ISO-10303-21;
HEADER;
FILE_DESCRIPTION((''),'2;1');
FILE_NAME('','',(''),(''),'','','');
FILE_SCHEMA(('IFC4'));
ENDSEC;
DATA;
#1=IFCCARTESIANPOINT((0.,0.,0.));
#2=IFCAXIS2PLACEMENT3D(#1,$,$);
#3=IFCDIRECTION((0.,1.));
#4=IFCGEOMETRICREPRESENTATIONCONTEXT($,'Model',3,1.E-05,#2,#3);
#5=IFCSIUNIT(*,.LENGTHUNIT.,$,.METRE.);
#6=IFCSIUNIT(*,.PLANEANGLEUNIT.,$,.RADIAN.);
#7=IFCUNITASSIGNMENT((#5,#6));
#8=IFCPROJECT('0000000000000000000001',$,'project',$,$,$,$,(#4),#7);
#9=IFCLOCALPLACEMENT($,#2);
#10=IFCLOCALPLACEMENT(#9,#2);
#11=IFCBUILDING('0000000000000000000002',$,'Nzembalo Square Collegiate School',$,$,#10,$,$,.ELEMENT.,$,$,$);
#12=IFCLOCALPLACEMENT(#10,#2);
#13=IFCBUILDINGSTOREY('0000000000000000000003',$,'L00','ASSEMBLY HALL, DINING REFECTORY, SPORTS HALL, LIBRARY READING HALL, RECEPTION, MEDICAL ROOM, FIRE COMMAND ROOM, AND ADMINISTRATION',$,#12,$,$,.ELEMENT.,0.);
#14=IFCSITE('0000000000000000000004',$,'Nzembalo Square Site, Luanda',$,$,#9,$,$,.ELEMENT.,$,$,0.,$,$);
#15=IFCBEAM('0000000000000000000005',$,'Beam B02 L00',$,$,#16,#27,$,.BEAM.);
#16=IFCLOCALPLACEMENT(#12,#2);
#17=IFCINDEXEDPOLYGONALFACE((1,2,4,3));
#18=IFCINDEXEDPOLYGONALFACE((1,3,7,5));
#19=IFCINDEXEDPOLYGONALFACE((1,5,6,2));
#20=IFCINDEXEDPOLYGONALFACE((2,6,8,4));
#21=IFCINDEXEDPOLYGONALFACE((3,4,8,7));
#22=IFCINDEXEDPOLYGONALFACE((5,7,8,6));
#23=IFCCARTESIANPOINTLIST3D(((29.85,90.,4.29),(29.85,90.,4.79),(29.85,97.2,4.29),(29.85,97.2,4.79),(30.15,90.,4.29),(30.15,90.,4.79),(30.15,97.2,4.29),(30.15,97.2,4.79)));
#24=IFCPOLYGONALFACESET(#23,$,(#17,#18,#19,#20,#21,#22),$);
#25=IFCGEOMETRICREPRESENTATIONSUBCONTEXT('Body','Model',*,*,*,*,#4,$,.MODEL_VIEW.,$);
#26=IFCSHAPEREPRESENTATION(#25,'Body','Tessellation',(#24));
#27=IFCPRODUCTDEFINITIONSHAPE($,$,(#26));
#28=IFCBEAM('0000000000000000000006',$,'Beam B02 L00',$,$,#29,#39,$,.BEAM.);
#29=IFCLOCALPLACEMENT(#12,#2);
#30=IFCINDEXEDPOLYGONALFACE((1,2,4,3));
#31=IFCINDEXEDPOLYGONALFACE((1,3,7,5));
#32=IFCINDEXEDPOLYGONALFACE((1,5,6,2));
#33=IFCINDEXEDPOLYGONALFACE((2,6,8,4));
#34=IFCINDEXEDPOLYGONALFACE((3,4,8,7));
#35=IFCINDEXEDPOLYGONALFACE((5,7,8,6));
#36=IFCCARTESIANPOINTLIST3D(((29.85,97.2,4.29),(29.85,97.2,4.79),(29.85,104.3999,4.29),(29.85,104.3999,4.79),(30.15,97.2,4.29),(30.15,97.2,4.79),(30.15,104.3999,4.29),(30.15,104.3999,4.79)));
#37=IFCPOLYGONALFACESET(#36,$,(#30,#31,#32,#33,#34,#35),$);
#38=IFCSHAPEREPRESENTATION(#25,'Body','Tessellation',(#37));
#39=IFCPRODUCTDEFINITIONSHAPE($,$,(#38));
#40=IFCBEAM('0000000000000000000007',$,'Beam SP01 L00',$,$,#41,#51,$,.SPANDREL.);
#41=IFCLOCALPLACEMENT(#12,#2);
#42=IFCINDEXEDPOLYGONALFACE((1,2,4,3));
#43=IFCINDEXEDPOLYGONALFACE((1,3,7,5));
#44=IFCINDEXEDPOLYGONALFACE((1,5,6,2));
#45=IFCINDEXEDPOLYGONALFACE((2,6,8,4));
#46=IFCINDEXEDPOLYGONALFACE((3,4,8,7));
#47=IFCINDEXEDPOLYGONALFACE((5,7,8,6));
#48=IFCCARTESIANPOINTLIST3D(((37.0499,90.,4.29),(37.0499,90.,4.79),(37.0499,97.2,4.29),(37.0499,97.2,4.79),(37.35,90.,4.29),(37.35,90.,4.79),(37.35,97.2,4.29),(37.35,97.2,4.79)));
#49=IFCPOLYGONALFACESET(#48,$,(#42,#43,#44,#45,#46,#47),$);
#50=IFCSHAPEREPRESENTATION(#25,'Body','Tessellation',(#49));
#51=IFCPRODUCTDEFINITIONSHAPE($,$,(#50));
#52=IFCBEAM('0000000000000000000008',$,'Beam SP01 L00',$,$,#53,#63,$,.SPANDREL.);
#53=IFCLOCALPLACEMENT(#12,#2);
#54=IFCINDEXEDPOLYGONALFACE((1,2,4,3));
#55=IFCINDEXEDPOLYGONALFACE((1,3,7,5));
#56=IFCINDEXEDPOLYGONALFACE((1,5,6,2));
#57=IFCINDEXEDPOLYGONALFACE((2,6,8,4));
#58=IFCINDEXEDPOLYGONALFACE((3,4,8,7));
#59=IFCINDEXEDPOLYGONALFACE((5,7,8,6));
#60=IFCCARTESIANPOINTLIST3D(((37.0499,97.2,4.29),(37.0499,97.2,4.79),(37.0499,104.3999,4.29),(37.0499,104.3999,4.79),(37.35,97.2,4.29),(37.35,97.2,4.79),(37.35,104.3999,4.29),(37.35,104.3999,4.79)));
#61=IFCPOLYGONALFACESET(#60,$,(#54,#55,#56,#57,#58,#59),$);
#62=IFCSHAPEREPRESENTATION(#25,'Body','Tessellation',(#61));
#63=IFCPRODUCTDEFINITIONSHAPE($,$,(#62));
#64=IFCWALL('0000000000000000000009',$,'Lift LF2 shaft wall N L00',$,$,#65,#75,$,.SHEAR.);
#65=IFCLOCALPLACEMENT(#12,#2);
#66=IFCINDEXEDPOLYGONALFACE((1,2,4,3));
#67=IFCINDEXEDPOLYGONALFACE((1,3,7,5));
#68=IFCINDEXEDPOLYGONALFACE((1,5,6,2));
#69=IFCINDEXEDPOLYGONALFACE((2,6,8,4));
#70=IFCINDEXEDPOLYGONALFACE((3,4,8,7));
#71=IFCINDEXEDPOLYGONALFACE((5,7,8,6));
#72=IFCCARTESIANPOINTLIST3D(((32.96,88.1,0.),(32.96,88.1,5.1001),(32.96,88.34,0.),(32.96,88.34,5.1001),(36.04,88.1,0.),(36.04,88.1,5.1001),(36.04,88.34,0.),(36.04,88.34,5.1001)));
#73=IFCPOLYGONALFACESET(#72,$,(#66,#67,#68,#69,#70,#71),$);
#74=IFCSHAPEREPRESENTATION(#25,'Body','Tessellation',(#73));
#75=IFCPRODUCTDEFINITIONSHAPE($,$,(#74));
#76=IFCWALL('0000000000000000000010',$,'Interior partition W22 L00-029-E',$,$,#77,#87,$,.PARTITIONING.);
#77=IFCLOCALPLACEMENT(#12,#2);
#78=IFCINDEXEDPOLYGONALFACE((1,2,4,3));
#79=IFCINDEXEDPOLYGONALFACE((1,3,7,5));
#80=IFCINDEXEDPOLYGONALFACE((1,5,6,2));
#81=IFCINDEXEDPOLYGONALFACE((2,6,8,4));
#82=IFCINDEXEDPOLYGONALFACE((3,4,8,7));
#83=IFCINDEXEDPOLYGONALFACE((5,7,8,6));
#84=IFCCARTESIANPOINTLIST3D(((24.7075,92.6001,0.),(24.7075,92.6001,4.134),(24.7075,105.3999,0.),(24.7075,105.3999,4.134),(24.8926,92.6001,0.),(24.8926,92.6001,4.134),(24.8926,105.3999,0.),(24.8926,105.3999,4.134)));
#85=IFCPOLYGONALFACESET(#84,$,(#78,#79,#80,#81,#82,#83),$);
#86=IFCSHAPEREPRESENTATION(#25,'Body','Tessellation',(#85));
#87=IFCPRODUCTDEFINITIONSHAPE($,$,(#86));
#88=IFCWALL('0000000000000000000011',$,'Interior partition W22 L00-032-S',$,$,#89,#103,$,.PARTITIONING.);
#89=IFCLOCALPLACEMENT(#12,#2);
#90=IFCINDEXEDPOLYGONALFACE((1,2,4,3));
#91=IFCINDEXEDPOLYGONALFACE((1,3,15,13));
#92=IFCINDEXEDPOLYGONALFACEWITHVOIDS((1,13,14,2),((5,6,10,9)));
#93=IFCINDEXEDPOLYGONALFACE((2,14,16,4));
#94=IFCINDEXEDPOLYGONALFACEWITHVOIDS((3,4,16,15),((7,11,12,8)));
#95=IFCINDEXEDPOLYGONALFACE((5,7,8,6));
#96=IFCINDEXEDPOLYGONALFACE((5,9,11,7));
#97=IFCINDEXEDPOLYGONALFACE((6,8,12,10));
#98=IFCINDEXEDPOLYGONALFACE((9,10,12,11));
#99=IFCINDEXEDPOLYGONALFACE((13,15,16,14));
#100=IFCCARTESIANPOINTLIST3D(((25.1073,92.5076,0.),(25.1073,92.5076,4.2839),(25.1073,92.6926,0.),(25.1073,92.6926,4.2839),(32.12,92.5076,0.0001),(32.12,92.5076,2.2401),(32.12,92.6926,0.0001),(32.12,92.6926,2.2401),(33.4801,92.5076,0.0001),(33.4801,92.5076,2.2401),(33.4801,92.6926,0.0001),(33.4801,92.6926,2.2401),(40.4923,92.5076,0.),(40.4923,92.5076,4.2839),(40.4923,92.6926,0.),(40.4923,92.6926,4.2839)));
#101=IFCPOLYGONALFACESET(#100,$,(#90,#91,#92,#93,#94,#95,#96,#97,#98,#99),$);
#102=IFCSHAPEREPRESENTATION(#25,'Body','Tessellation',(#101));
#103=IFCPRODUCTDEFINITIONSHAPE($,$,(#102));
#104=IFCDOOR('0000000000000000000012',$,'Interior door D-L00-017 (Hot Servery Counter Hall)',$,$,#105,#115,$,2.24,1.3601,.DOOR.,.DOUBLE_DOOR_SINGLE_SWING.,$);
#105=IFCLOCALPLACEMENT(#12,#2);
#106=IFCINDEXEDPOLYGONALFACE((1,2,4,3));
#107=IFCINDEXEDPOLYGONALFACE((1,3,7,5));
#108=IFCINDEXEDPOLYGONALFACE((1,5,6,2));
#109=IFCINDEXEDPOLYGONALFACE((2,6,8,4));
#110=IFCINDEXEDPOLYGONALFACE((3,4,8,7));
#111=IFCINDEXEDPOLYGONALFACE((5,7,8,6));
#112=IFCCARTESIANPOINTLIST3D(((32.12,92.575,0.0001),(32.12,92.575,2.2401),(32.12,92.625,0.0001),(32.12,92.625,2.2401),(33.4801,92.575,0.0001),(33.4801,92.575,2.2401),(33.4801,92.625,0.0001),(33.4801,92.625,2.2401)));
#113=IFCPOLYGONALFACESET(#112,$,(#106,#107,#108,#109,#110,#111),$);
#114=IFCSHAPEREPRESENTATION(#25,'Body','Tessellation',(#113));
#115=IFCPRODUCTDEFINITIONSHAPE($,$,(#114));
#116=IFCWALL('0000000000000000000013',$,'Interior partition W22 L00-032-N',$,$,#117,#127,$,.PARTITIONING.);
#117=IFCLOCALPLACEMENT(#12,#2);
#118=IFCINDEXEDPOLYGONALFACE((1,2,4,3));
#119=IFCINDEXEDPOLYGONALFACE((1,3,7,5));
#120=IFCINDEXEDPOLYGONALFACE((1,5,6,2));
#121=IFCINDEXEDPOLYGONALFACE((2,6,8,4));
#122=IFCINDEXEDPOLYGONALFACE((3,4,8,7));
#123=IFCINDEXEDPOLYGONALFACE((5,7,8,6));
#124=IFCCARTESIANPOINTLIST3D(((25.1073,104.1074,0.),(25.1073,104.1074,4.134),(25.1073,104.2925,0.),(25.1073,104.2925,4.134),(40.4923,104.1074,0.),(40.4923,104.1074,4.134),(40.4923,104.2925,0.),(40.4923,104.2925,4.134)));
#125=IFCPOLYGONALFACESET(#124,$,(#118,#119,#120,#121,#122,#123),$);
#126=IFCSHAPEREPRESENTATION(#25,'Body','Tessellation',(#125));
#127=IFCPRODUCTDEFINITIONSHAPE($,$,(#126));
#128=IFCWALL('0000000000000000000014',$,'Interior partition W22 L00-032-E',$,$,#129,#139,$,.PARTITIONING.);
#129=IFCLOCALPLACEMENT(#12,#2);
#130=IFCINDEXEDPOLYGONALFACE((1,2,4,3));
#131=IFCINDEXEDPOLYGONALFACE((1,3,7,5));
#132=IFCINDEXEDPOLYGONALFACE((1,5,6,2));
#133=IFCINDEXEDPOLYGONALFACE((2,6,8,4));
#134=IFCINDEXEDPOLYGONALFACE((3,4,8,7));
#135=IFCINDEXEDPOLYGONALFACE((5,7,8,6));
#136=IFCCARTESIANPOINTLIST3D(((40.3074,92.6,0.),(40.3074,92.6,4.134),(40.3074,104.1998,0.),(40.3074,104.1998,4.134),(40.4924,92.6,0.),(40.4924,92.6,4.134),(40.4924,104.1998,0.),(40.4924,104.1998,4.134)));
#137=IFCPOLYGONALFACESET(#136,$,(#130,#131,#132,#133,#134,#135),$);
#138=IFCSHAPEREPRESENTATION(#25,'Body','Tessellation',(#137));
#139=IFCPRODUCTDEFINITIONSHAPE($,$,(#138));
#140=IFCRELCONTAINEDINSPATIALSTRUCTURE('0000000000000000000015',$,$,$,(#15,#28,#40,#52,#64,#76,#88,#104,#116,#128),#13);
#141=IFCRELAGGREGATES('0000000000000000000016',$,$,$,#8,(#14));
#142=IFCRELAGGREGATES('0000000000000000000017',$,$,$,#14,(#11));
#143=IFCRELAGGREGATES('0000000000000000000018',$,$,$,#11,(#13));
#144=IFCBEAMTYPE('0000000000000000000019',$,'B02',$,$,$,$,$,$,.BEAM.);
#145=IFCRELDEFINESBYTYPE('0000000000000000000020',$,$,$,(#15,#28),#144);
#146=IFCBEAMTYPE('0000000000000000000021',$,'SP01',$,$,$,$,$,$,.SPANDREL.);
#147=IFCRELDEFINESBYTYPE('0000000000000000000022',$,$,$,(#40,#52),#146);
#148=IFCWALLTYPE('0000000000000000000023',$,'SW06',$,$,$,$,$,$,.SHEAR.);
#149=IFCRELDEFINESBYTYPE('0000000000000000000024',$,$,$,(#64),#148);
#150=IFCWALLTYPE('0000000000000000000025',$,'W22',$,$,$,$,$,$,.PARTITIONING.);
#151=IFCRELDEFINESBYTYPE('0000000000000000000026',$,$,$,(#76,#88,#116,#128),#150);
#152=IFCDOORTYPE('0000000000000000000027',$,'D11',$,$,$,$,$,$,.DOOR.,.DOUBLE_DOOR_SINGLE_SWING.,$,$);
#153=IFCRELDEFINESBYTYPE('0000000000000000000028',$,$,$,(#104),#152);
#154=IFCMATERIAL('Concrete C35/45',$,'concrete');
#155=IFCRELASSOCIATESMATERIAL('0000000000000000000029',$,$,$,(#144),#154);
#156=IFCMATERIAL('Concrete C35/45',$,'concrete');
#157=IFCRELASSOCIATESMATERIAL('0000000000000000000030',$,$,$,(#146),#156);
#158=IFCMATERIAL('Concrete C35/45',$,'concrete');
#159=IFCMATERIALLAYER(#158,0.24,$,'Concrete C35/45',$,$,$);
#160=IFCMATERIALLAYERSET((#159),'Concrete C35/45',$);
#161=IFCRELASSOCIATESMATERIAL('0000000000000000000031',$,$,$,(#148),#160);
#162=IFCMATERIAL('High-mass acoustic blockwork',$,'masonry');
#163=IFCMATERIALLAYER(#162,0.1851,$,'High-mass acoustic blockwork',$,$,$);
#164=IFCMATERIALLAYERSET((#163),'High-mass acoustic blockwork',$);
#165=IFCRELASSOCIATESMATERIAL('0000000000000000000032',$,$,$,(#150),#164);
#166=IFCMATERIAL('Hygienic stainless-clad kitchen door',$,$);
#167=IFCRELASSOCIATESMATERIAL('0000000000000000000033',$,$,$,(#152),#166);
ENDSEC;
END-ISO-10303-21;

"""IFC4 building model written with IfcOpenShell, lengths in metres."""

from ifc_helpers import new_model, si_unit, direction, frame, frame_2d, origin, origin_2d, place, context, subcontext, project, spatial, rectangle, extrude, material, layer, layer_set, material_profile, profile_set, type_object, element, fill, save


model = new_model("IFC4")

# Units and contexts
model_context = context("Model", 3, precision=1e-05, world=origin(), true_north=direction((0.0, 1.0)))
body_context = subcontext(model_context, "Body", "Model", "MODEL_VIEW")
ifc_project = project(units=[si_unit("LENGTHUNIT", "METRE"), si_unit("PLANEANGLEUNIT", "RADIAN")], contexts=[model_context])

# Site, building, storey
site_placement = place(None, origin())
site = spatial("IfcSite", under=ifc_project, at=site_placement, Name="Nzembalo Square Site, Luanda", CompositionType="ELEMENT", RefElevation=0.0)
building_placement = place(site_placement, origin())
building = spatial("IfcBuilding", under=site, at=building_placement, Name="Nzembalo Square Collegiate School", CompositionType="ELEMENT")
storey_placement = place(building_placement, origin())
storey = spatial("IfcBuildingStorey", under=building, at=storey_placement, Name="L00", Description="ASSEMBLY HALL, DINING REFECTORY, SPORTS HALL, LIBRARY READING HALL, RECEPTION, MEDICAL ROOM, FIRE COMMAND ROOM, AND ADMINISTRATION", CompositionType="ELEMENT", Elevation=0.0)

# Beams
ifc_material_1 = material(Name="Concrete C35/45", Category="concrete")
ifc_material_profile_1 = material_profile(ifc_material_1, rectangle(XDim=0.3, YDim=0.5, at=origin_2d()), Name="RC 300x500")
ifc_profile_set_1 = profile_set([ifc_material_profile_1], Name="Concrete C35/45")
beam_type_1 = type_object("IfcBeamType", Name="B02", PredefinedType="BEAM", material=ifc_profile_set_1)
for number, where, z_axis, x_axis, name in (
    (1, (30.0, 90.0, 4.54), (0.0, 1.0, 0.0), (-1.0, 0.0, 0.0), "Beam B02 L00"),
    (2, (30.0, 97.2, 4.54), (0.0, 1.0, 0.0), (-1.0, 0.0, 0.0), "Beam B02 L00"),
):
    element("IfcBeam", number, at=place(storey_placement, frame(where, z_axis=z_axis, x_axis=x_axis)), inside=storey, type_object=beam_type_1, Name=name, PredefinedType="BEAM", context=body_context, shape_type="SweptSolid", body=[
        extrude(rectangle(XDim=0.3, YDim=0.5, at=origin_2d()), origin(), (0.0, 0.0, 1.0), 7.2),
    ])
ifc_material_2 = material(Name="Concrete C35/45", Category="concrete")
ifc_material_profile_2 = material_profile(ifc_material_2, rectangle(XDim=0.3, YDim=0.5, at=origin_2d()), Name="RC 300x500")
ifc_profile_set_2 = profile_set([ifc_material_profile_2], Name="Concrete C35/45")
beam_type_2 = type_object("IfcBeamType", Name="SP01", PredefinedType="SPANDREL", material=ifc_profile_set_2)
for number, where, z_axis, x_axis, name in (
    (3, (37.2, 90.0, 4.54), (0.0, 1.0, 0.0), (-1.0, 0.0, 0.0), "Beam SP01 L00"),
    (4, (37.2, 97.2, 4.54), (0.0, 1.0, 0.0), (-1.0, 0.0, 0.0), "Beam SP01 L00"),
):
    element("IfcBeam", number, at=place(storey_placement, frame(where, z_axis=z_axis, x_axis=x_axis)), inside=storey, type_object=beam_type_2, Name=name, PredefinedType="SPANDREL", context=body_context, shape_type="SweptSolid", body=[
        extrude(rectangle(XDim=0.3, YDim=0.5, at=origin_2d()), origin(), (0.0, 0.0, 1.0), 7.2),
    ])

# Walls
ifc_material_3 = material(Name="Concrete C35/45", Category="concrete")
ifc_layer_1 = layer(ifc_material_3, 0.24, Name="Concrete C35/45")
ifc_layer_set_1 = layer_set([ifc_layer_1], Name="Concrete C35/45")
wall_type_1 = type_object("IfcWallType", Name="SW06", PredefinedType="SHEAR", material=ifc_layer_set_1)
wall_1_placement = place(storey_placement, frame((32.96, 88.22, 0.0), z_axis=(0.0, 0.0, 1.0), x_axis=(1.0, 0.0, 0.0)))
element("IfcWall", 5, at=wall_1_placement, inside=storey, type_object=wall_type_1, Name="Lift LF2 shaft wall N L00", PredefinedType="SHEAR", context=body_context, shape_type="SweptSolid", body=[
    extrude(rectangle(XDim=3.0801, YDim=0.24, at=frame_2d((1.54, 0.0))), origin(), (0.0, 0.0, 1.0), 5.1001),
])
ifc_material_4 = material(Name="High-mass acoustic blockwork", Category="masonry")
ifc_layer_2 = layer(ifc_material_4, 0.1851, Name="High-mass acoustic blockwork")
ifc_layer_set_2 = layer_set([ifc_layer_2], Name="High-mass acoustic blockwork")
wall_type_2 = type_object("IfcWallType", Name="W22", PredefinedType="PARTITIONING", material=ifc_layer_set_2)
wall_2_placement = place(storey_placement, frame((24.8, 92.6001, 0.0), z_axis=(0.0, 0.0, 1.0), x_axis=(0.0, 1.0, 0.0)))
element("IfcWall", 6, at=wall_2_placement, inside=storey, type_object=wall_type_2, Name="Interior partition W22 L00-029-E", PredefinedType="PARTITIONING", context=body_context, shape_type="SweptSolid", body=[
    extrude(rectangle(XDim=12.7998, YDim=0.1851, at=frame_2d((6.3999, 0.0))), origin(), (0.0, 0.0, 1.0), 4.134),
])

# Wall, opening, door
wall_3_placement = place(storey_placement, frame((25.1074, 92.6001, 0.0), z_axis=(0.0, 0.0, 1.0), x_axis=(1.0, 0.0, 0.0)))
wall_3 = element("IfcWall", 7, at=wall_3_placement, inside=storey, type_object=wall_type_2, Name="Interior partition W22 L00-032-S", PredefinedType="PARTITIONING", context=body_context, shape_type="SweptSolid", body=[
    extrude(rectangle(XDim=15.385, YDim=0.1851, at=frame_2d((7.6924, 0.0))), origin(), (0.0, 0.0, 1.0), 4.2839),
])
opening_placement = place(wall_3_placement, frame((7.0125, 0.0, 0.0)))
opening = element("IfcOpeningElement", 8, at=opening_placement, cuts=wall_3, PredefinedType="OPENING", context=body_context, shape_type="SweptSolid", body=[
    extrude(rectangle(XDim=1.3601, YDim=2.24, at=frame_2d((0.6802, 1.1201))), frame((0.0, 0.1025, 0.0), z_axis=(0.0, -1.0, 0.0), x_axis=(1.0, 0.0, 0.0)), (0.0, 0.0, 1.0), 0.2051),
])
ifc_material_5 = material(Name="Hygienic stainless-clad kitchen door")
door_type = type_object("IfcDoorType", Name="D11", OperationType="DOUBLE_DOOR_SINGLE_SWING", PredefinedType="DOOR", material=ifc_material_5)
door_placement = place(opening_placement, origin())
door = element("IfcDoor", 9, at=door_placement, inside=storey, type_object=door_type, Name="Interior door D-L00-017 (Hot Servery Counter Hall)", OperationType="DOUBLE_DOOR_SINGLE_SWING", OverallHeight=2.24, OverallWidth=1.3601, PredefinedType="DOOR", context=body_context, shape_type="SweptSolid", body=[
    extrude(rectangle(XDim=1.3601, YDim=2.24, at=frame_2d((0.6802, 1.1201))), frame((0.0, 0.0249, 0.0), z_axis=(0.0, -1.0, 0.0), x_axis=(1.0, 0.0, 0.0)), (0.0, 0.0, 1.0), 0.05),
])
fill(opening, door)

# Walls
wall_4_placement = place(storey_placement, frame((25.1074, 104.2, 0.0), z_axis=(0.0, 0.0, 1.0), x_axis=(1.0, 0.0, 0.0)))
element("IfcWall", 10, at=wall_4_placement, inside=storey, type_object=wall_type_2, Name="Interior partition W22 L00-032-N", PredefinedType="PARTITIONING", context=body_context, shape_type="SweptSolid", body=[
    extrude(rectangle(XDim=15.385, YDim=0.1851, at=frame_2d((7.6924, 0.0))), origin(), (0.0, 0.0, 1.0), 4.134),
])
wall_5_placement = place(storey_placement, frame((40.3999, 92.6001, 0.0), z_axis=(0.0, 0.0, 1.0), x_axis=(0.0, 1.0, 0.0)))
element("IfcWall", 11, at=wall_5_placement, inside=storey, type_object=wall_type_2, Name="Interior partition W22 L00-032-E", PredefinedType="PARTITIONING", context=body_context, shape_type="SweptSolid", body=[
    extrude(rectangle(XDim=11.5999, YDim=0.1851, at=frame_2d((5.7998, 0.0))), origin(), (0.0, 0.0, 1.0), 4.134),
])

save(model, "model.ifc")
